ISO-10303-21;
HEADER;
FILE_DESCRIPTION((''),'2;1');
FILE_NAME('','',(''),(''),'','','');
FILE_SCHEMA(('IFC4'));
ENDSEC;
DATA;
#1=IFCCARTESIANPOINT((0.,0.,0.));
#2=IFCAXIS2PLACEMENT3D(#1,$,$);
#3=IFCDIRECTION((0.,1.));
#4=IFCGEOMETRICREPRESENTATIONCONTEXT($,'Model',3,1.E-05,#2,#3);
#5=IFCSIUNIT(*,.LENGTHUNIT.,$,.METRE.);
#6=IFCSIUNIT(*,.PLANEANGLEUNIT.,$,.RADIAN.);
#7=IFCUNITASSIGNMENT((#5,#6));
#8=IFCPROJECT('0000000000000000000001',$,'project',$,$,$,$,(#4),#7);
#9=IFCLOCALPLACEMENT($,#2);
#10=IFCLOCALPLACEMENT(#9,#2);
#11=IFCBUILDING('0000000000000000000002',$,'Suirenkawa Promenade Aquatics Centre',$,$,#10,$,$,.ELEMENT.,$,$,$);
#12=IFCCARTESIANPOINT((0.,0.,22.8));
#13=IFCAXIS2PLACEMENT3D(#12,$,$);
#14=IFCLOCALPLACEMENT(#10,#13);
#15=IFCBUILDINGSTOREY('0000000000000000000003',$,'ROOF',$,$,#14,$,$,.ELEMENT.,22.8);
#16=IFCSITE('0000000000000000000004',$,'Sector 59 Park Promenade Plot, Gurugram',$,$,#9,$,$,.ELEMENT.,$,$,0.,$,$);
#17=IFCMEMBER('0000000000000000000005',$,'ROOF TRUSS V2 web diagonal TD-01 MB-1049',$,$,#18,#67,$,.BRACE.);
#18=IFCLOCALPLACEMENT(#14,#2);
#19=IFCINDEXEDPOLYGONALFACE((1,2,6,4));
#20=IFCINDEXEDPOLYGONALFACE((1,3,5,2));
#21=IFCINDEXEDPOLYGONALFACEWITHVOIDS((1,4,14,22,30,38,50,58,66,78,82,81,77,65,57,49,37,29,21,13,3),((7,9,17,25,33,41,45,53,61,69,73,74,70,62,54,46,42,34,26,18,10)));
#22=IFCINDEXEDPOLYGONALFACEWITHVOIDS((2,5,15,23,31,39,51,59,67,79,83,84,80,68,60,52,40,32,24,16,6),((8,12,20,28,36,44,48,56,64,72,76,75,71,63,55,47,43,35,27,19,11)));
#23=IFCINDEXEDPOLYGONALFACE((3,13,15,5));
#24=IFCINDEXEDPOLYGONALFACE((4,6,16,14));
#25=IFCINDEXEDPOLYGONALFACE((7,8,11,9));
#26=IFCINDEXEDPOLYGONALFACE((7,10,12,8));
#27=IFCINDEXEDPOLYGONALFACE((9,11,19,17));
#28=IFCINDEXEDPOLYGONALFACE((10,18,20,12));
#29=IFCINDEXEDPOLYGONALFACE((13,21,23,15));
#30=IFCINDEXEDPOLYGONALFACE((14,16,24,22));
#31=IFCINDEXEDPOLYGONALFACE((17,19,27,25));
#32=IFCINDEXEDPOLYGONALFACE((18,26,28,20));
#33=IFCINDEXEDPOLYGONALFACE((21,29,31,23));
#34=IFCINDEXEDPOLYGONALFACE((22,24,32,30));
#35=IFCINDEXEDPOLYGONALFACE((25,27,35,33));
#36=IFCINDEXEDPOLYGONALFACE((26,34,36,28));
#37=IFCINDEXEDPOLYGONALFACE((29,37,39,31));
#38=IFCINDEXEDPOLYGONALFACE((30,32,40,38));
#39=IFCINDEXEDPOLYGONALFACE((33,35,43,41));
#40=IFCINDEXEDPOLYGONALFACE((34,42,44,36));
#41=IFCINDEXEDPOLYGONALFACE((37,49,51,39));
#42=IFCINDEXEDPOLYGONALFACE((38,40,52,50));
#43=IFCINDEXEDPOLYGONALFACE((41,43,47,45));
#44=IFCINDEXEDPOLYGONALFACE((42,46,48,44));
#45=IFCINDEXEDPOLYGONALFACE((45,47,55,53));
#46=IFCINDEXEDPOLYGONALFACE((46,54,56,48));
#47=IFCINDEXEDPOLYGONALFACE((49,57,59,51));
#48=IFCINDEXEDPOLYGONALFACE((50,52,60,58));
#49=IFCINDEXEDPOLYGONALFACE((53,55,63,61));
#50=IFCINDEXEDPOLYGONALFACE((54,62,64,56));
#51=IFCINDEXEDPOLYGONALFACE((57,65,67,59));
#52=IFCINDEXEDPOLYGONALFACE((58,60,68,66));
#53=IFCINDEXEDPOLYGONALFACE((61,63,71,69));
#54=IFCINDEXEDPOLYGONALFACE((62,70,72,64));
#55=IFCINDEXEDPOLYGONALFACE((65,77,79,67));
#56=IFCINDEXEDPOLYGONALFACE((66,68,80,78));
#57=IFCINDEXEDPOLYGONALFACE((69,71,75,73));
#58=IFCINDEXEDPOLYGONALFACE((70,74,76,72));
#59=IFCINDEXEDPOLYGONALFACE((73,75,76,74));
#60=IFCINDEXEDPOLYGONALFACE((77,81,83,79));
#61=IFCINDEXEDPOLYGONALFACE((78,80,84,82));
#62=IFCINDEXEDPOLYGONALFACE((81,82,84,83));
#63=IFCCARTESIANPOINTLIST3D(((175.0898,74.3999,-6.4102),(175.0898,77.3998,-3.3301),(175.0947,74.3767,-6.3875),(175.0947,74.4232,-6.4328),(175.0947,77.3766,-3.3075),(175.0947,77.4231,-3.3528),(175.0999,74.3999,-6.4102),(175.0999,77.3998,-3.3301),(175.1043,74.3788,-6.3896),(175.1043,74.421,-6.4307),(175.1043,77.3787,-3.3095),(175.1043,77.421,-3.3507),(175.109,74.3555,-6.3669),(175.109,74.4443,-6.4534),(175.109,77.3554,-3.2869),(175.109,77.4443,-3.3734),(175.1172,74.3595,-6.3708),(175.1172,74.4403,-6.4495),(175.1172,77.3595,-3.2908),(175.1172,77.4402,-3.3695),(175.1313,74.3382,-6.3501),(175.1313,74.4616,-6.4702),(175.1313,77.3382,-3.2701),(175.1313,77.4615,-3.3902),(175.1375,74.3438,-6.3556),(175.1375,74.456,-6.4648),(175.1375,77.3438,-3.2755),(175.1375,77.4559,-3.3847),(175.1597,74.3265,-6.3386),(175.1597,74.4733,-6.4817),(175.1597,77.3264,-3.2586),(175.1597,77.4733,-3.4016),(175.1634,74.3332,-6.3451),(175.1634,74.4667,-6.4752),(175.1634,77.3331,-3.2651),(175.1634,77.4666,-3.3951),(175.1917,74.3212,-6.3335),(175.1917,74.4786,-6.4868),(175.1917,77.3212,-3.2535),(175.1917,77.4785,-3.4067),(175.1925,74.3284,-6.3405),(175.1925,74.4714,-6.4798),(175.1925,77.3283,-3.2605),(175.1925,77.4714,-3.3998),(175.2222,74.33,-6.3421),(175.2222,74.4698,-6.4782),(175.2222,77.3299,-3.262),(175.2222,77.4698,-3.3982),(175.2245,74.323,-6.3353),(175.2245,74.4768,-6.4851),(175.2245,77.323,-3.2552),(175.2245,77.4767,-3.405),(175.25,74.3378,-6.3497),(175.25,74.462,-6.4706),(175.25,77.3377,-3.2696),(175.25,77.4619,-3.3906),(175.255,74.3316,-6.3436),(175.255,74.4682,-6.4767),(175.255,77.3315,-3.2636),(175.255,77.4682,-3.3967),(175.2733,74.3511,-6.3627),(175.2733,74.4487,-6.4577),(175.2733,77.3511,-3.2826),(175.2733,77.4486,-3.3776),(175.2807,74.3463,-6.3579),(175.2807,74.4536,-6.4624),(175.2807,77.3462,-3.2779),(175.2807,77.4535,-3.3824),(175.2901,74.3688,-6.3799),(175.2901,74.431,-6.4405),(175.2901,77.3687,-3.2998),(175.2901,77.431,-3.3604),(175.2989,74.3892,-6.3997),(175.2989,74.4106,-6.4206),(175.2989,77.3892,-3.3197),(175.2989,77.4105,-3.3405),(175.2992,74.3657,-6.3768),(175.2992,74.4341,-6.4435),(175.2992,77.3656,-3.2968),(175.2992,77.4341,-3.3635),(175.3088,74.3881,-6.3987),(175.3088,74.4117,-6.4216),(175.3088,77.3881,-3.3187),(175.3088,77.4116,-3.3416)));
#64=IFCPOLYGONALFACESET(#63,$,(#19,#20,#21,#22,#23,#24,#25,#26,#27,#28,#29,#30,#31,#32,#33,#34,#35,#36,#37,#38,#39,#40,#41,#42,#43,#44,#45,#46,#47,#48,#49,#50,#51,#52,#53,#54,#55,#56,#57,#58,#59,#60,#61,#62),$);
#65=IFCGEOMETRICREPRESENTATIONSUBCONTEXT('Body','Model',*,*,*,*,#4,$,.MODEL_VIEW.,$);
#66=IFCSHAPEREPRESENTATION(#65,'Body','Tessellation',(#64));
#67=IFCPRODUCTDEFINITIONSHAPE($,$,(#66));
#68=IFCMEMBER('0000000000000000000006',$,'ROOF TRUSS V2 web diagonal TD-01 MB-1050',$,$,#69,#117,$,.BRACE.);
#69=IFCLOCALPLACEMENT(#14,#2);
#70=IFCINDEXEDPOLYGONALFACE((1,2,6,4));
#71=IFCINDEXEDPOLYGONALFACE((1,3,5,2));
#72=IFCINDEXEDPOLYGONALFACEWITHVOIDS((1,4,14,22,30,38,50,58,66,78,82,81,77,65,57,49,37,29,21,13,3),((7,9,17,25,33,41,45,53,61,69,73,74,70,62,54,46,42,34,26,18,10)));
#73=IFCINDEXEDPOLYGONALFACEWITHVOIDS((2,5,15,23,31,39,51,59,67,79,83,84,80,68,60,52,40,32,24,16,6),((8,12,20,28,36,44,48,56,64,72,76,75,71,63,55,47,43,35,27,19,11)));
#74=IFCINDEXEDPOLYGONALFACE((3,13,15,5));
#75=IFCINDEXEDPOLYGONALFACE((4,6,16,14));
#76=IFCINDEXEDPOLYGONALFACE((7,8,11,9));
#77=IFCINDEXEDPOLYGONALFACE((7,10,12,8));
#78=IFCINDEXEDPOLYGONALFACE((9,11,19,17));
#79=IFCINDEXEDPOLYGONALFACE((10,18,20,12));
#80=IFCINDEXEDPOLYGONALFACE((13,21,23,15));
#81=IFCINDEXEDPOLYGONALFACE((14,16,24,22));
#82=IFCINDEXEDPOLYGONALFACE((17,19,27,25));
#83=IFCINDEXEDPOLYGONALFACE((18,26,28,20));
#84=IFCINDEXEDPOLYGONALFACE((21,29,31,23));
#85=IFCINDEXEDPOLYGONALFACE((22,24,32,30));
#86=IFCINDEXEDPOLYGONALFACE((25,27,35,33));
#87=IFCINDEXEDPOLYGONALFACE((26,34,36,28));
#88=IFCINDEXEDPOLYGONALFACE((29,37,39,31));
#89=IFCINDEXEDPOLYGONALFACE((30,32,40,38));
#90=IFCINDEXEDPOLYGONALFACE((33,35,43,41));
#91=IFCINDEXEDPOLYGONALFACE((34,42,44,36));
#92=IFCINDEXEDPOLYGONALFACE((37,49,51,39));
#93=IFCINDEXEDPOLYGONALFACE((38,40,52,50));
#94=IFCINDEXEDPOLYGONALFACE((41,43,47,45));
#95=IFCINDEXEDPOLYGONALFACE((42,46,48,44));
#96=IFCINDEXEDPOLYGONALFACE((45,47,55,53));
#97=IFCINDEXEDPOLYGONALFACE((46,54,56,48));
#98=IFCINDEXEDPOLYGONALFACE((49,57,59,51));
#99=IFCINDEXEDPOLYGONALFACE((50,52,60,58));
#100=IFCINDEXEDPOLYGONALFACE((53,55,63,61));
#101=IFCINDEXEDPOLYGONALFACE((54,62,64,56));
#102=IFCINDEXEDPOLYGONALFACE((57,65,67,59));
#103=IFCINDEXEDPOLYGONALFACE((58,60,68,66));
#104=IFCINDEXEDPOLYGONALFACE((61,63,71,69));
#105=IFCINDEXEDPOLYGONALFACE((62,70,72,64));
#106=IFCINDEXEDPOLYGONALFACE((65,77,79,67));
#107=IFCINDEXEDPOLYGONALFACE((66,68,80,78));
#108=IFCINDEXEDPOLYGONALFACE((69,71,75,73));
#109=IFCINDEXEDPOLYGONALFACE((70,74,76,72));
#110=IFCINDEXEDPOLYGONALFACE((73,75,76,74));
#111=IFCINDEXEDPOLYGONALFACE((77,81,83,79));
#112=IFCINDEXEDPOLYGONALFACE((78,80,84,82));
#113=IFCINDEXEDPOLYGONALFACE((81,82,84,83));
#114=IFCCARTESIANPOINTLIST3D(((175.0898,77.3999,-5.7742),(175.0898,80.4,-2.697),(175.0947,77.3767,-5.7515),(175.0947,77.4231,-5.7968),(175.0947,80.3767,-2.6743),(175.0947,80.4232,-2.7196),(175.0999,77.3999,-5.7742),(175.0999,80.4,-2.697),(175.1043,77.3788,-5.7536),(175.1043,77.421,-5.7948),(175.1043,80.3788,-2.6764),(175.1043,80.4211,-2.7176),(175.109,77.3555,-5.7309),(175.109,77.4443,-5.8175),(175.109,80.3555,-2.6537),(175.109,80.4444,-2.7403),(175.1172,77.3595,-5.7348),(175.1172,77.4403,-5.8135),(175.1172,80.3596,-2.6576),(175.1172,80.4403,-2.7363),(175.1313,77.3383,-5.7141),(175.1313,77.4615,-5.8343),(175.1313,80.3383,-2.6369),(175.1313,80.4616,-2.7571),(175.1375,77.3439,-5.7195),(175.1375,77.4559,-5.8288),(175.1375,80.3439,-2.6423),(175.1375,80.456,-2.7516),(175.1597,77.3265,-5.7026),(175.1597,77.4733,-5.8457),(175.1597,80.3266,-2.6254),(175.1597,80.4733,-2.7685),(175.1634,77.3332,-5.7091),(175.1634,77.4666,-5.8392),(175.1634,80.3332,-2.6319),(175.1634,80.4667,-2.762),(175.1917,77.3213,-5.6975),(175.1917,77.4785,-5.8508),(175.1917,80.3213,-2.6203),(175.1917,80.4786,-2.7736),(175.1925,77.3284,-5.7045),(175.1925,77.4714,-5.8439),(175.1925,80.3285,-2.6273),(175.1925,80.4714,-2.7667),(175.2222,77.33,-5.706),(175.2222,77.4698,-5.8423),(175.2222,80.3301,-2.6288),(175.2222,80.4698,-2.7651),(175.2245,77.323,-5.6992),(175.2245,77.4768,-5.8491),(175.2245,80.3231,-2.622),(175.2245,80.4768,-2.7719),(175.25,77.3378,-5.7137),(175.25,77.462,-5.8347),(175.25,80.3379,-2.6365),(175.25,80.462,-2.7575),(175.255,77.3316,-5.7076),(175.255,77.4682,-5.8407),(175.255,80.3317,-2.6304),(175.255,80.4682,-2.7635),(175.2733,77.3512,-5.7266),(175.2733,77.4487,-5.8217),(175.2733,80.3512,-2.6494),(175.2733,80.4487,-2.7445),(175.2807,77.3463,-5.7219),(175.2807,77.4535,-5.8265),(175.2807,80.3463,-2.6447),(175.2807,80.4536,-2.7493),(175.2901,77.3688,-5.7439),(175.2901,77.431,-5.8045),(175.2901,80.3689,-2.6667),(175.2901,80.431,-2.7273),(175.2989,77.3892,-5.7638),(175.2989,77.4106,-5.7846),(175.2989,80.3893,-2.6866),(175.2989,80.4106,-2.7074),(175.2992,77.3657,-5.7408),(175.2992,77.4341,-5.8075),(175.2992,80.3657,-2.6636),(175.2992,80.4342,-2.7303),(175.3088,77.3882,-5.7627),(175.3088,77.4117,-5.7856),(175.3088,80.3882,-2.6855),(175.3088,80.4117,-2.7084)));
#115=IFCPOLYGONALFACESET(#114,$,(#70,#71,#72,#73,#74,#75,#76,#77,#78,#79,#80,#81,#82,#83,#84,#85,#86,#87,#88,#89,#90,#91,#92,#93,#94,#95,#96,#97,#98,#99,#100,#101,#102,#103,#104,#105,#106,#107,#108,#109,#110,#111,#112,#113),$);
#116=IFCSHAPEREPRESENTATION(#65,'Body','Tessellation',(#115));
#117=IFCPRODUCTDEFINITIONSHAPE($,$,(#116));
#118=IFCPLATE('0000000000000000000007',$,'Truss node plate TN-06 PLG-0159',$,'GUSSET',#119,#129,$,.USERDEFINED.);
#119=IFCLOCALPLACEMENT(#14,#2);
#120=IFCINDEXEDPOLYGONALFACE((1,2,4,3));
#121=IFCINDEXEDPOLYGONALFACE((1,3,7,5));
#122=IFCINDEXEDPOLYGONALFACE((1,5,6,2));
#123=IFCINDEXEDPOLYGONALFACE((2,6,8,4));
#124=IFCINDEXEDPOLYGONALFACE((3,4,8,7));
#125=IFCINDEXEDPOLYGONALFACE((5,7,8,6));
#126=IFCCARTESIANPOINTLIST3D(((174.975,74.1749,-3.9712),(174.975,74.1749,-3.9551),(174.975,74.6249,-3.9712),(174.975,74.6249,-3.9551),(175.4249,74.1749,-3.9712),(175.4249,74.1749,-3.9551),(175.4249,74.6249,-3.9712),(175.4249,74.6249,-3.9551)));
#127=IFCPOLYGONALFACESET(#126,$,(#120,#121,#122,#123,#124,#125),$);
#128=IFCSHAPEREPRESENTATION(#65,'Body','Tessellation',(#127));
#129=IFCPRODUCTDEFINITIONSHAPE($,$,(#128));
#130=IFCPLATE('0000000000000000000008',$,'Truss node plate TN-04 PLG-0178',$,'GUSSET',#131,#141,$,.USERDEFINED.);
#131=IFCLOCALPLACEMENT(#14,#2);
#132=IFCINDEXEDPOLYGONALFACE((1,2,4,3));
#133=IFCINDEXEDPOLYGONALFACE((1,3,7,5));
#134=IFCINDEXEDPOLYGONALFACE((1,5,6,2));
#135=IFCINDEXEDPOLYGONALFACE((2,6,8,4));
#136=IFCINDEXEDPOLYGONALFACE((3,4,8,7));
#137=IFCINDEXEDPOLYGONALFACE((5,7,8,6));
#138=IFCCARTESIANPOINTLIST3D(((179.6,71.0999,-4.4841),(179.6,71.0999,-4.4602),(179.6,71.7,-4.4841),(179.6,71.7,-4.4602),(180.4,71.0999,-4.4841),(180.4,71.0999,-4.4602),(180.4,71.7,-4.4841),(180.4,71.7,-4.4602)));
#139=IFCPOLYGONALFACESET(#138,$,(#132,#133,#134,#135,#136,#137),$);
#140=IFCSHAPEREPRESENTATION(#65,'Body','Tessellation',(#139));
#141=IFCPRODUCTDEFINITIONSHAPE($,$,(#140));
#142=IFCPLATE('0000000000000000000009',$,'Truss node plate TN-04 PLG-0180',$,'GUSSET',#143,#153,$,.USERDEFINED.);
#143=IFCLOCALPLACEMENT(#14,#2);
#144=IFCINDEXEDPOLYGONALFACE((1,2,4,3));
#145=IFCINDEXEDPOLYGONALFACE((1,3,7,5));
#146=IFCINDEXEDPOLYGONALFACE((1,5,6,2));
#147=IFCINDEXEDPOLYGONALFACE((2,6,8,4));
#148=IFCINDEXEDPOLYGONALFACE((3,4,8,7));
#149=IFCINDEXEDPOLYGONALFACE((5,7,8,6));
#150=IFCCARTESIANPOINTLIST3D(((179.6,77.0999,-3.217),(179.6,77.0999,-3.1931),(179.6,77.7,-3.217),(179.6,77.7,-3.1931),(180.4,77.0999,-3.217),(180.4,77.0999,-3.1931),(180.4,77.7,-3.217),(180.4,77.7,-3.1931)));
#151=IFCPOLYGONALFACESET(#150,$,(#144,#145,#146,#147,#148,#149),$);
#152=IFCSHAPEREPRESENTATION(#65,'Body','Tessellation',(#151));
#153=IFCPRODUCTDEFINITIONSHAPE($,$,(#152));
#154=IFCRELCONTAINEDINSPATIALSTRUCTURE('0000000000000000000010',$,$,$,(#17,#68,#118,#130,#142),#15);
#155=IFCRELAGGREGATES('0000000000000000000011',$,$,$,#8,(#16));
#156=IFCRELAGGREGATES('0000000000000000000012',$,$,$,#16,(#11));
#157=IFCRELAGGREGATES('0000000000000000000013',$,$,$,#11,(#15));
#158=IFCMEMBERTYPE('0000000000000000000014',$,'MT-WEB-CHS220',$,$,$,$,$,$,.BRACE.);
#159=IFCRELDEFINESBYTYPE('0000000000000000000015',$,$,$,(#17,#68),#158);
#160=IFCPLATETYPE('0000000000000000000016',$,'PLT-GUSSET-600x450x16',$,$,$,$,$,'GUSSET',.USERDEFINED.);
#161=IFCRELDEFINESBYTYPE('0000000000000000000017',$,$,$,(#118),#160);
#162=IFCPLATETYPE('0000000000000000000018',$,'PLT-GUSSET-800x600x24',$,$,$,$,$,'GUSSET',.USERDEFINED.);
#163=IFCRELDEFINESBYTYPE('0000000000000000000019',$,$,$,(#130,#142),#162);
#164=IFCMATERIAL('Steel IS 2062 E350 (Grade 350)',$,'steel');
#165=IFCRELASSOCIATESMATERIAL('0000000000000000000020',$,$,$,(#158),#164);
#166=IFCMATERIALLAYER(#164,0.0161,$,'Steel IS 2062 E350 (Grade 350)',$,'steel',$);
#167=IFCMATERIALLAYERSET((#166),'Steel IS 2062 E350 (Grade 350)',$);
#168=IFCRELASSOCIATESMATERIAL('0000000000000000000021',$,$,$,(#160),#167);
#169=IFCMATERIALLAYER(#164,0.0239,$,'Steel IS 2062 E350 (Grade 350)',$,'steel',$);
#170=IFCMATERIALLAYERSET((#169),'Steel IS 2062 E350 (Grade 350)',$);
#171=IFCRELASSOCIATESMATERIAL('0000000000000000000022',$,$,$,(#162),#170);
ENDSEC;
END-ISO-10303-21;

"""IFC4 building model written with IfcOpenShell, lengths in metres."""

from ifc_helpers import new_model, si_unit, direction, frame, origin, origin_2d, place, context, subcontext, project, spatial, rectangle, hollow_circle, extrude, material, layer, layer_set, material_profile, profile_set, type_object, element, save


model = new_model("IFC4")

# Units and contexts
model_context = context("Model", 3, precision=1e-05, world=origin(), true_north=direction((0.0, 1.0)))
body_context = subcontext(model_context, "Body", "Model", "MODEL_VIEW")
ifc_project = project(units=[si_unit("LENGTHUNIT", "METRE"), si_unit("PLANEANGLEUNIT", "RADIAN")], contexts=[model_context])

# Site, building, storey
site_placement = place(None, origin())
site = spatial("IfcSite", under=ifc_project, at=site_placement, Name="Sector 59 Park Promenade Plot, Gurugram", CompositionType="ELEMENT", RefElevation=0.0)
building_placement = place(site_placement, origin())
building = spatial("IfcBuilding", under=site, at=building_placement, Name="Suirenkawa Promenade Aquatics Centre", CompositionType="ELEMENT")
storey_placement = place(building_placement, frame((0.0, 0.0, 22.8)))
storey = spatial("IfcBuildingStorey", under=building, at=storey_placement, Name="ROOF", CompositionType="ELEMENT", Elevation=22.8)

# Shared definitions
ifc_material = material(Name="Steel IS 2062 E350 (Grade 350)", Category="steel")

# Members
ifc_material_profile_1 = material_profile(ifc_material, hollow_circle(Radius=0.1101, WallThickness=0.01, at=origin_2d()), Name="CHS 220x10", Category="steel")
ifc_profile_set_1 = profile_set([ifc_material_profile_1], Name="Steel IS 2062 E350 (Grade 350)")
member_type_1 = type_object("IfcMemberType", Name="MT-WEB-CHS220", PredefinedType="BRACE", material=ifc_profile_set_1)
member_1_placement = place(storey_placement, frame((175.2, 74.3999, -6.4102), z_axis=(0.0, 0.697733, 0.716358), x_axis=(-1.0, 0.0, 0.0)))
element("IfcMember", 1, at=member_1_placement, inside=storey, type_object=member_type_1, Name="ROOF TRUSS V2 web diagonal TD-01 MB-1049", PredefinedType="BRACE", context=body_context, shape_type="SweptSolid", body=[
    extrude(hollow_circle(Radius=0.1101, WallThickness=0.01, at=origin_2d()), origin(), (0.0, 0.0, 1.0), 4.2996),
])
member_2_placement = place(storey_placement, frame((175.2, 77.3999, -5.7742), z_axis=(0.0, 0.698074, 0.716026), x_axis=(-1.0, 0.0, 0.0)))
element("IfcMember", 2, at=member_2_placement, inside=storey, type_object=member_type_1, Name="ROOF TRUSS V2 web diagonal TD-01 MB-1050", PredefinedType="BRACE", context=body_context, shape_type="SweptSolid", body=[
    extrude(hollow_circle(Radius=0.1101, WallThickness=0.01, at=origin_2d()), origin(), (0.0, 0.0, 1.0), 4.2976),
])

# Plates
ifc_layer_1 = layer(ifc_material, 0.0161, Name="Steel IS 2062 E350 (Grade 350)", Category="steel")
ifc_layer_set_1 = layer_set([ifc_layer_1], Name="Steel IS 2062 E350 (Grade 350)")
plate_type_1 = type_object("IfcPlateType", Name="PLT-GUSSET-600x450x16", ElementType="GUSSET", PredefinedType="USERDEFINED", material=ifc_layer_set_1)
plate_placement = place(storey_placement, frame((175.2, 74.3999, -3.9712), z_axis=(0.0, 0.0, 1.0), x_axis=(1.0, 0.0, 0.0)))
element("IfcPlate", 3, at=plate_placement, inside=storey, type_object=plate_type_1, Name="Truss node plate TN-06 PLG-0159", ObjectType="GUSSET", PredefinedType="USERDEFINED", context=body_context, shape_type="SweptSolid", body=[
    extrude(rectangle(XDim=0.45, YDim=0.45, at=origin_2d()), origin(), (0.0, 0.0, 1.0), 0.0161),
])
ifc_layer_2 = layer(ifc_material, 0.0239, Name="Steel IS 2062 E350 (Grade 350)", Category="steel")
ifc_layer_set_2 = layer_set([ifc_layer_2], Name="Steel IS 2062 E350 (Grade 350)")
plate_type_2 = type_object("IfcPlateType", Name="PLT-GUSSET-800x600x24", ElementType="GUSSET", PredefinedType="USERDEFINED", material=ifc_layer_set_2)
for number, where, z_axis, x_axis, name in (
    (4, (180.0, 71.3999, -4.4841), (0.0, 0.0, 1.0), (1.0, 0.0, 0.0), "Truss node plate TN-04 PLG-0178"),
    (5, (180.0, 77.3999, -3.217), (0.0, 0.0, 1.0), (1.0, 0.0, 0.0), "Truss node plate TN-04 PLG-0180"),
):
    element("IfcPlate", number, at=place(storey_placement, frame(where, z_axis=z_axis, x_axis=x_axis)), inside=storey, type_object=plate_type_2, Name=name, ObjectType="GUSSET", PredefinedType="USERDEFINED", context=body_context, shape_type="SweptSolid", body=[
        extrude(rectangle(XDim=0.8, YDim=0.6001, at=origin_2d()), origin(), (0.0, 0.0, 1.0), 0.0239),
    ])

save(model, "model.ifc")
